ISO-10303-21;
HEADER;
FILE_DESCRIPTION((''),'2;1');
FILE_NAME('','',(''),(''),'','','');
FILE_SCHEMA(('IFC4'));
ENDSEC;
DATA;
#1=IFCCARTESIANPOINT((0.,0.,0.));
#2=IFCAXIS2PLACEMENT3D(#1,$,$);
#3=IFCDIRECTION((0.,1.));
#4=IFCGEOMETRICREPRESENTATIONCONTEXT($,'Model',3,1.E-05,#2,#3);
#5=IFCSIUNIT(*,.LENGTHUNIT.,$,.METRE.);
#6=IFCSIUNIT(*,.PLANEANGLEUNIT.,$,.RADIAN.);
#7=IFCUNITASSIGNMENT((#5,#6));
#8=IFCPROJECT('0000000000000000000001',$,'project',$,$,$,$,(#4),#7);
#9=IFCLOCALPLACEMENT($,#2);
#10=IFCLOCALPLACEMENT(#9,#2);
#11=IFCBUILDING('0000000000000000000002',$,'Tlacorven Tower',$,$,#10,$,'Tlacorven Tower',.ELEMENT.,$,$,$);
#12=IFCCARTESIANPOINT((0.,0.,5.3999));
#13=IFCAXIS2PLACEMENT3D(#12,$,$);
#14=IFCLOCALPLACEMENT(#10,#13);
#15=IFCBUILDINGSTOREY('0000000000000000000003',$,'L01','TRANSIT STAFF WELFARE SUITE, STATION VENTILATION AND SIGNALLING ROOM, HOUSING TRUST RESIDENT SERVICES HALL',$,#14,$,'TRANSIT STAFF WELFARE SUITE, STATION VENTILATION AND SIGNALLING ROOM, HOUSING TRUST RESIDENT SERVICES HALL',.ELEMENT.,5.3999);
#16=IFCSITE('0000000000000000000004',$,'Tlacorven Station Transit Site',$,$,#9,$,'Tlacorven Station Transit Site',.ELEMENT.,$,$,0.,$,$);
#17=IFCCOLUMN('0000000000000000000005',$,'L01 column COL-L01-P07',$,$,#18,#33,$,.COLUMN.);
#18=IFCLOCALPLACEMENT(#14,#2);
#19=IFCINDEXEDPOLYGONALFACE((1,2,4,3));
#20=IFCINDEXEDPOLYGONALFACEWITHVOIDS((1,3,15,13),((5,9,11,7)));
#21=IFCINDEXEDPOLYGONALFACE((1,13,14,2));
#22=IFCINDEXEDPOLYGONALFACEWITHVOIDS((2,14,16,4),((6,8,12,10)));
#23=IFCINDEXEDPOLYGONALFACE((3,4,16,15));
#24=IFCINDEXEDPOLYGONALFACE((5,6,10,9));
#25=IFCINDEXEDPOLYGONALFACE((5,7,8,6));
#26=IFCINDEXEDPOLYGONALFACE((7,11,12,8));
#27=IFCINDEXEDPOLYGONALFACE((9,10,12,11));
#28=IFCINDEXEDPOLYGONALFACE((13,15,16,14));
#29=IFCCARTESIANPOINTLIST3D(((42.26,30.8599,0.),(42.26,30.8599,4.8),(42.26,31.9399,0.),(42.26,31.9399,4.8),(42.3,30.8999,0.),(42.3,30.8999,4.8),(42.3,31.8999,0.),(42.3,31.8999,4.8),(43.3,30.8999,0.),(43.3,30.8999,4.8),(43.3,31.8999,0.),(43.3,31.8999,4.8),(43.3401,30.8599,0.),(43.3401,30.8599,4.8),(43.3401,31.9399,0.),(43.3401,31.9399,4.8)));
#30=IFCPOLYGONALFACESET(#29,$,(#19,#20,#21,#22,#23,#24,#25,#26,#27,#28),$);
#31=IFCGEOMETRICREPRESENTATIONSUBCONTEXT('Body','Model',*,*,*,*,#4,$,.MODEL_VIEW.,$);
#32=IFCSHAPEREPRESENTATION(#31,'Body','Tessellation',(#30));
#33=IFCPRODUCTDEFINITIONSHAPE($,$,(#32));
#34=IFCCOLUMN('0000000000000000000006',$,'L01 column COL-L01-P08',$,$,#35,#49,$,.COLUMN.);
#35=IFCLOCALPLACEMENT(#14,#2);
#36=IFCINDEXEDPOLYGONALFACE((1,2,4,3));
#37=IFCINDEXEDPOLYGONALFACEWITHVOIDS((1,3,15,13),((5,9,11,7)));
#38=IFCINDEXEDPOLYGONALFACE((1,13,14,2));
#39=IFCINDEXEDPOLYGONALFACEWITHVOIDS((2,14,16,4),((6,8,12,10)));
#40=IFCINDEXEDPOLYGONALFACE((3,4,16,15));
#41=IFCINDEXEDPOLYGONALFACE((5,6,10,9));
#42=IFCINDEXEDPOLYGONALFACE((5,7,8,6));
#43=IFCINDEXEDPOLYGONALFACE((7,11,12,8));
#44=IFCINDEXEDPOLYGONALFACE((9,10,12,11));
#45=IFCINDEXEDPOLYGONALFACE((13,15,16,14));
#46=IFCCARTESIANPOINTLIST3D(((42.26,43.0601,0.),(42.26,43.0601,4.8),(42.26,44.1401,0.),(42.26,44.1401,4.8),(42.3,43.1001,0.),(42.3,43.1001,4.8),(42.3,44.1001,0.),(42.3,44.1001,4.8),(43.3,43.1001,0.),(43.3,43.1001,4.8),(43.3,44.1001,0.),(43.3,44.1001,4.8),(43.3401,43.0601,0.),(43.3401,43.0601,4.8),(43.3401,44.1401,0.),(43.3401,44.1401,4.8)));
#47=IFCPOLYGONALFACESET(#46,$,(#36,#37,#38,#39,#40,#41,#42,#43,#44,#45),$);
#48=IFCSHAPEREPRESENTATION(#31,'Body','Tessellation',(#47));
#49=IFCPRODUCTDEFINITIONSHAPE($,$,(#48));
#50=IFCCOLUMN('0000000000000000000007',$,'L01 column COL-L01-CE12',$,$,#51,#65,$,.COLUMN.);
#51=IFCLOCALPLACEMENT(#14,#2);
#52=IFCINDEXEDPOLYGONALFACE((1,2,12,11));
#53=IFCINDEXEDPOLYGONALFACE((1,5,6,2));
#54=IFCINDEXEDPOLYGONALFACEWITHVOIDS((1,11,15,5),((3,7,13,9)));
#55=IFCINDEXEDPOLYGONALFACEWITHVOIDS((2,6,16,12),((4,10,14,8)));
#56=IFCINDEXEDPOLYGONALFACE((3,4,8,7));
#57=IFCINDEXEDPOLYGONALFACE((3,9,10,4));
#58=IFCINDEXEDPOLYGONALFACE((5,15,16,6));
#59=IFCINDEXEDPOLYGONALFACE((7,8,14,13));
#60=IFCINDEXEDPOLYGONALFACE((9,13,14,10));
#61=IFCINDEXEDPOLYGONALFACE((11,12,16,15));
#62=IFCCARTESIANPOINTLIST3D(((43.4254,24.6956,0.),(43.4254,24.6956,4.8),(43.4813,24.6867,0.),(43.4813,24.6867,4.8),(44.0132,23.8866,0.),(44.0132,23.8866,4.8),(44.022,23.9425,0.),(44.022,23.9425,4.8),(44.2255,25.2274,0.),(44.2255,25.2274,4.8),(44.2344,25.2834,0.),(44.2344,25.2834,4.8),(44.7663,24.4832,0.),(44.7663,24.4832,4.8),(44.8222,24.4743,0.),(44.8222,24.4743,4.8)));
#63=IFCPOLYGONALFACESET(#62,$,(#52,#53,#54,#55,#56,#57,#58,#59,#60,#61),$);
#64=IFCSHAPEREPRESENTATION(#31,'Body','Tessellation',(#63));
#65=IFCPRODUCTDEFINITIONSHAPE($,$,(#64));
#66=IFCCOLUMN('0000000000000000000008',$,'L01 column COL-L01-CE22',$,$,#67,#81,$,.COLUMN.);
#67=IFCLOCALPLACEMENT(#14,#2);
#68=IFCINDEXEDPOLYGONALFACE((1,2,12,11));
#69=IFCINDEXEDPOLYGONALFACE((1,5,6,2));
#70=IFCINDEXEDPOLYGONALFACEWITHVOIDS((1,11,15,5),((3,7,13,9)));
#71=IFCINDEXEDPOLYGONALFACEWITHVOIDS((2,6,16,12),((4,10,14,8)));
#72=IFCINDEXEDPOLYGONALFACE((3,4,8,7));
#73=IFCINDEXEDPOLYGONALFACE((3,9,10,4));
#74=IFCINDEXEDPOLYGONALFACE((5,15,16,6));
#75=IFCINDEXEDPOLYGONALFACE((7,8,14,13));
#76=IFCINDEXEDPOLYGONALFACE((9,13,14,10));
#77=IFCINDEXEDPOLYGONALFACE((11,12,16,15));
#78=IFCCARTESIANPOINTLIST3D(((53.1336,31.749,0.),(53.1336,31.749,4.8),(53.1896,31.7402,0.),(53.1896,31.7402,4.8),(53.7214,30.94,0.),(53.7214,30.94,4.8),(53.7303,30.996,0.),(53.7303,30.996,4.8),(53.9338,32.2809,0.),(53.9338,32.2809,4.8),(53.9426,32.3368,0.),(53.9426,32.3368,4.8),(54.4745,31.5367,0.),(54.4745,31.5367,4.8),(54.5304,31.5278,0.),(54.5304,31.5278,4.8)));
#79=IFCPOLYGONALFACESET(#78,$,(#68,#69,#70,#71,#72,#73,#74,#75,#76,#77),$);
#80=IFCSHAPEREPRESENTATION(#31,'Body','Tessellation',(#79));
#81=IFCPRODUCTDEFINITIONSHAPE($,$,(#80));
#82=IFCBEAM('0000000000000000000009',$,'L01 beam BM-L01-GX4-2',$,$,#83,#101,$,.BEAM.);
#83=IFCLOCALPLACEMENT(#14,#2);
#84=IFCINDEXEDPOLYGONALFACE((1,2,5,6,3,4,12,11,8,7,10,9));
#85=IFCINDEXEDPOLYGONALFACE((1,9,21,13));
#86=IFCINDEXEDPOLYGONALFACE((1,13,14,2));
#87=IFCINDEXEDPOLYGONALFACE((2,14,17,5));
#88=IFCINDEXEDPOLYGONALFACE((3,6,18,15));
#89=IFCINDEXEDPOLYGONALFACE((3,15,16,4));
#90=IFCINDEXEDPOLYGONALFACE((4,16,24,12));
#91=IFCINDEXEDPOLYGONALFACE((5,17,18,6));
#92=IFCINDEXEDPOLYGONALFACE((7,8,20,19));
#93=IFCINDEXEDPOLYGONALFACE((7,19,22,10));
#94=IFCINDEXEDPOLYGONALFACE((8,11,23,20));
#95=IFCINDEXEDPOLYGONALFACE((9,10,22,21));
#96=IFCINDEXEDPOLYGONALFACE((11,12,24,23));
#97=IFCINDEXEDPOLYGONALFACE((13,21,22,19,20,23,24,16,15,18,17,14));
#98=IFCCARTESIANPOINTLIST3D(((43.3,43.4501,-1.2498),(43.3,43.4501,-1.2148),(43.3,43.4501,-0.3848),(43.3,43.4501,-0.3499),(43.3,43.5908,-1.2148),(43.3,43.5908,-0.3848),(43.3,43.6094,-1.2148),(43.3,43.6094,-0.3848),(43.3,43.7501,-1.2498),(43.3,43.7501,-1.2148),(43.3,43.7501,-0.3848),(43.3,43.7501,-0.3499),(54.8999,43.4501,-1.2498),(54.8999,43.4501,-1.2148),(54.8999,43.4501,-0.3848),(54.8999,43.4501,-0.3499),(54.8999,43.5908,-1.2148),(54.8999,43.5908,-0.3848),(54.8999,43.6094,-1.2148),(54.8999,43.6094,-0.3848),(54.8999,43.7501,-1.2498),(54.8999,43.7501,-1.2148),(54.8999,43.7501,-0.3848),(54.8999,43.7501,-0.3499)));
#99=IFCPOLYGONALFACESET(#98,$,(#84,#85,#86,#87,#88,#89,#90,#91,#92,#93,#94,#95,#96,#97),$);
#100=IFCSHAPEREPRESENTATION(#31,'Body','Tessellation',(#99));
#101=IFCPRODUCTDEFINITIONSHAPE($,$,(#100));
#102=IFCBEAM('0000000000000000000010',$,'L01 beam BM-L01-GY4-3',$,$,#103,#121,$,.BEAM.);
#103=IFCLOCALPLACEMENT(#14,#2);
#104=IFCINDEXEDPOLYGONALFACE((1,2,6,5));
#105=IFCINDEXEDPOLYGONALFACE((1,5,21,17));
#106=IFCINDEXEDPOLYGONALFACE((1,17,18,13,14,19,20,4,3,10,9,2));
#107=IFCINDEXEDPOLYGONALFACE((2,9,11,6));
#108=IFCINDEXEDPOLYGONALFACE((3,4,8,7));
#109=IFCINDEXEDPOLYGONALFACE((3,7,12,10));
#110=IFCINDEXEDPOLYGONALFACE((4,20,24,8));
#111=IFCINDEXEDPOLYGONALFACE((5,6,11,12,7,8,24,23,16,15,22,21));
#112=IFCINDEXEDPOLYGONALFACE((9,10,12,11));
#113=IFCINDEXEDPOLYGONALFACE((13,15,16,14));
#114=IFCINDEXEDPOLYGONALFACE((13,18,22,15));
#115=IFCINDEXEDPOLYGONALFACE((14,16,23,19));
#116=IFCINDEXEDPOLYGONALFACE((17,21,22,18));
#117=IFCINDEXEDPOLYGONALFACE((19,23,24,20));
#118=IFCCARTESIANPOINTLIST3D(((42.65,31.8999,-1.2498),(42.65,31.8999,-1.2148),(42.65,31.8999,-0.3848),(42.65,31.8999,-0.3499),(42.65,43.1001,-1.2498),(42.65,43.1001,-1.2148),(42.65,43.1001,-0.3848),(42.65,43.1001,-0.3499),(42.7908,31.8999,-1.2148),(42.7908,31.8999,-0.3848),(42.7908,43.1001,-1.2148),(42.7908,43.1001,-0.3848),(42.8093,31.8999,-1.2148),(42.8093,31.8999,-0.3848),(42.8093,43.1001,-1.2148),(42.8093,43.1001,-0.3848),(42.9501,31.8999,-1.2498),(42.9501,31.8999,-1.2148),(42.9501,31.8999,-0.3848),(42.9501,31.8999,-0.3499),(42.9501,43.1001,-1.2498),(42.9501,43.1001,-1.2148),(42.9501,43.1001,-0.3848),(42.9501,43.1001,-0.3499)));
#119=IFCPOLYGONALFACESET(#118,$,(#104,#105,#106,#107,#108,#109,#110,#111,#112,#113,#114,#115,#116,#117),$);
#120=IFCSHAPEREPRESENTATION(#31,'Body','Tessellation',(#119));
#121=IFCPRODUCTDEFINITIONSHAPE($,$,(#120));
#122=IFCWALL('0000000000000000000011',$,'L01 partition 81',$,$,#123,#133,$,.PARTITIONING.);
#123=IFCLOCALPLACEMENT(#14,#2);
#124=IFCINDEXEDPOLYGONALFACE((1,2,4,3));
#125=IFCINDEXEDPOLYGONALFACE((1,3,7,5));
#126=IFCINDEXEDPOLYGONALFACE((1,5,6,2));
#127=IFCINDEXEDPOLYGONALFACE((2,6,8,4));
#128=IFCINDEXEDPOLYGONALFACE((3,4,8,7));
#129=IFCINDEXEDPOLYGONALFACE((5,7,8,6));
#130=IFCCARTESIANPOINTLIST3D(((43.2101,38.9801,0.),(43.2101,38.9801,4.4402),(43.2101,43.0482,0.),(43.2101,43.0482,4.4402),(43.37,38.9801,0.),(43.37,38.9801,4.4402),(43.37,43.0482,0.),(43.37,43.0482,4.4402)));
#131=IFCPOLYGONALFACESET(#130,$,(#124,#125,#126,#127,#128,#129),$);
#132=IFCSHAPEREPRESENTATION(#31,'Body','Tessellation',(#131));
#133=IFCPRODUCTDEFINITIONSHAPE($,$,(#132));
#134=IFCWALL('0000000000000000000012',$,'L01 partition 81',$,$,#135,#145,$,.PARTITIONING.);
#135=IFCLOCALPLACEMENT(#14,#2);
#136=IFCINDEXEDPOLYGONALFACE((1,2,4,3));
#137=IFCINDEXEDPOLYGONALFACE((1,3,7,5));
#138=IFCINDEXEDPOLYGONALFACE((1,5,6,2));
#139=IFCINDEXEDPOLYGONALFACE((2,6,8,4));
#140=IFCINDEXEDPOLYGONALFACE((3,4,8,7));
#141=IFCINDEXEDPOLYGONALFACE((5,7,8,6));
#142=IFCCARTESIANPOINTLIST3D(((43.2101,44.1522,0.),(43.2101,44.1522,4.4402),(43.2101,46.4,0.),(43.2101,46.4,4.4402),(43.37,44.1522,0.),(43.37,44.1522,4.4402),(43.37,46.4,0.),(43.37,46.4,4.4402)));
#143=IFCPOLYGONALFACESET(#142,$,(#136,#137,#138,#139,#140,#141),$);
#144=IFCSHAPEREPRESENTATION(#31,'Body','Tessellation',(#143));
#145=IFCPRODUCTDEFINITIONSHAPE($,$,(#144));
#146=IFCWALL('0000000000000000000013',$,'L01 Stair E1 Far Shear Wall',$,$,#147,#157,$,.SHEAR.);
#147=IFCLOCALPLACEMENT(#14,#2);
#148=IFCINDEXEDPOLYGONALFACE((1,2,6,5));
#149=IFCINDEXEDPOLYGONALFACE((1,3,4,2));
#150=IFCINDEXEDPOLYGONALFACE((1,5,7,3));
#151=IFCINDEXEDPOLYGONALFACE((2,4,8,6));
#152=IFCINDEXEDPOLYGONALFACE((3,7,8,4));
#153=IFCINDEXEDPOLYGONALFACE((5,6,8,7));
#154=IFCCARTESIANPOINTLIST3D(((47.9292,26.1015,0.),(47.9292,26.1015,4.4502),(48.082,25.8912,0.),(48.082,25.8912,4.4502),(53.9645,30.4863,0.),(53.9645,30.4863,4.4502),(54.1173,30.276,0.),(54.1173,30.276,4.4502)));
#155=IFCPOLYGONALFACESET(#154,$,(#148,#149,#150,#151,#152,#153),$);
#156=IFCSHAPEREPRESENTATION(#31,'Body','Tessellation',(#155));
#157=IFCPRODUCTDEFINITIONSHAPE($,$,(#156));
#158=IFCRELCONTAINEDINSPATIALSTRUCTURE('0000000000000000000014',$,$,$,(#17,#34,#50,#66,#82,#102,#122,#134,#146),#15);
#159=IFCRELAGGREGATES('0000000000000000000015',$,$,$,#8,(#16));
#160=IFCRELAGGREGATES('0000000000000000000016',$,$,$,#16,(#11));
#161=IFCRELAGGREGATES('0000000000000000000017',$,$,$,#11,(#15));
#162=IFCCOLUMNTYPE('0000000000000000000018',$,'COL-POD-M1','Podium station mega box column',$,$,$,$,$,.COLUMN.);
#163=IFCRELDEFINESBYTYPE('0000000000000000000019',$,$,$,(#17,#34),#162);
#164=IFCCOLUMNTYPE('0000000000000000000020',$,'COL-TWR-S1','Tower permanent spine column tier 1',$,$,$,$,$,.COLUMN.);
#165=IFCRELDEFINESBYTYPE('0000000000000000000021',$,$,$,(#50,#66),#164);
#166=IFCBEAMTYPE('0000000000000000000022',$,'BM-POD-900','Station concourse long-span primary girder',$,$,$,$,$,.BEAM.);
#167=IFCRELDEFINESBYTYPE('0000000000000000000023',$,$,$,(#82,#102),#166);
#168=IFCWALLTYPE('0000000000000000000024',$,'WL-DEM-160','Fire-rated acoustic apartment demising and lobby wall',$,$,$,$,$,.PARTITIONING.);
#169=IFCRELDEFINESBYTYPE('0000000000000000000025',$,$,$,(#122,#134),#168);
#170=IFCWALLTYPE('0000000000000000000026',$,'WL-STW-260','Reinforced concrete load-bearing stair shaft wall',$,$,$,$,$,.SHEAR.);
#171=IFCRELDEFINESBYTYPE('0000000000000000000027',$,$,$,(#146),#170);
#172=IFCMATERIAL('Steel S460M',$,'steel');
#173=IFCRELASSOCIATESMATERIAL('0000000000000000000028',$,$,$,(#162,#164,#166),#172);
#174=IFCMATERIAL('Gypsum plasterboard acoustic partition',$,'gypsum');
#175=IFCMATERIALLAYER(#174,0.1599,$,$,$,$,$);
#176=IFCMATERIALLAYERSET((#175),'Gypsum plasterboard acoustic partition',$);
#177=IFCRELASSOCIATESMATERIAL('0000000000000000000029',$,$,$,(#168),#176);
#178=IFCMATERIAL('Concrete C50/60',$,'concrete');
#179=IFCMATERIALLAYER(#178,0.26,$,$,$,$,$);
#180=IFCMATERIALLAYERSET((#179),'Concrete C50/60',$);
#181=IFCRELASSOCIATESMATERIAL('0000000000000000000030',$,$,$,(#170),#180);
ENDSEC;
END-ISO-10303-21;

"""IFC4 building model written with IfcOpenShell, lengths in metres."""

from ifc_helpers import new_model, si_unit, direction, frame, frame_2d, origin, origin_2d, place, context, subcontext, project, spatial, rectangle, hollow_rectangle, i_section, extrude, source, transform, mapped, material, layer, layer_set, material_profile, profile_set, type_object, element, save


model = new_model("IFC4")

# Units and contexts
model_context = context("Model", 3, precision=1e-05, world=origin(), true_north=direction((0.0, 1.0)))
body_context = subcontext(model_context, "Body", "Model", "MODEL_VIEW")
ifc_project = project(units=[si_unit("LENGTHUNIT", "METRE"), si_unit("PLANEANGLEUNIT", "RADIAN")], contexts=[model_context])

# Site, building, storey
site_placement = place(None, origin())
site = spatial("IfcSite", under=ifc_project, at=site_placement, Name="Tlacorven Station Transit Site", LongName="Tlacorven Station Transit Site", CompositionType="ELEMENT", RefElevation=0.0)
building_placement = place(site_placement, origin())
building = spatial("IfcBuilding", under=site, at=building_placement, Name="Tlacorven Tower", LongName="Tlacorven Tower", CompositionType="ELEMENT")
storey_placement = place(building_placement, frame((0.0, 0.0, 5.3999)))
storey = spatial("IfcBuildingStorey", under=building, at=storey_placement, Name="L01", Description="TRANSIT STAFF WELFARE SUITE, STATION VENTILATION AND SIGNALLING ROOM, HOUSING TRUST RESIDENT SERVICES HALL", LongName="TRANSIT STAFF WELFARE SUITE, STATION VENTILATION AND SIGNALLING ROOM, HOUSING TRUST RESIDENT SERVICES HALL", CompositionType="ELEMENT", Elevation=5.3999)

# Columns
ifc_material_1 = material(Name="Steel S460M", Category="steel")
ifc_material_profile_1 = material_profile(ifc_material_1, hollow_rectangle(XDim=1.0801, YDim=1.0801, WallThickness=0.04, at=origin_2d()), Name="BOX 1080X1080X40")
ifc_profile_set_1 = profile_set([ifc_material_profile_1], Name="Steel S460M")
column_type_1 = type_object("IfcColumnType", Name="COL-POD-M1", Description="Podium station mega box column", PredefinedType="COLUMN", material=ifc_profile_set_1)
shared_shape_1 = source(origin(), body_context, "Body", "SweptSolid", [
    extrude(hollow_rectangle(XDim=1.0801, YDim=1.0801, WallThickness=0.04, at=origin_2d()), origin(), (0.0, 0.0, 1.0), 4.8),
])
for number, where, z_axis, x_axis, name in (
    (1, (42.8, 31.3999, 0.0), (0.0, 0.0, 1.0), (1.0, 0.0, 0.0), "L01 column COL-L01-P07"),
    (2, (42.8, 43.6001, 0.0), (0.0, 0.0, 1.0), (1.0, 0.0, 0.0), "L01 column COL-L01-P08"),
):
    element("IfcColumn", number, at=place(storey_placement, frame(where, z_axis=z_axis, x_axis=x_axis)), inside=storey, type_object=column_type_1, Name=name, PredefinedType="COLUMN", context=body_context, shape_type="MappedRepresentation", body=[
        mapped(shared_shape_1, transform((0.0, 0.0, 0.0), scale=1.0)),
    ])
ifc_material_profile_2 = material_profile(ifc_material_1, hollow_rectangle(XDim=1.0, YDim=1.0, WallThickness=0.04, at=origin_2d()), Name="BOX 1000X1000X40")
ifc_profile_set_2 = profile_set([ifc_material_profile_2], Name="Steel S460M")
column_type_2 = type_object("IfcColumnType", Name="COL-TWR-S1", Description="Tower permanent spine column tier 1", PredefinedType="COLUMN", material=ifc_profile_set_2)
shared_shape_2 = source(origin(), body_context, "Body", "SweptSolid", [
    extrude(hollow_rectangle(XDim=1.0, YDim=1.0, WallThickness=0.04, at=origin_2d()), origin(), (0.0, 0.0, 1.0), 4.8),
])
for number, where, z_axis, x_axis, name in (
    (3, (44.1238, 24.585, 0.0), (0.0, 0.0, 1.0), (0.809017, 0.587785, 0.0), "L01 column COL-L01-CE12"),
    (4, (53.832, 31.6384, 0.0), (0.0, 0.0, 1.0), (0.809017, 0.587785, 0.0), "L01 column COL-L01-CE22"),
):
    element("IfcColumn", number, at=place(storey_placement, frame(where, z_axis=z_axis, x_axis=x_axis)), inside=storey, type_object=column_type_2, Name=name, PredefinedType="COLUMN", context=body_context, shape_type="MappedRepresentation", body=[
        mapped(shared_shape_2, transform((0.0, 0.0, 0.0), scale=1.0)),
    ])

# Beams
ifc_material_profile_3 = material_profile(ifc_material_1, i_section(OverallWidth=0.3, OverallDepth=0.8999, WebThickness=0.0186, FlangeThickness=0.0349, at=origin_2d()), Name="HEB 900")
ifc_profile_set_3 = profile_set([ifc_material_profile_3], Name="Steel S460M")
beam_type = type_object("IfcBeamType", Name="BM-POD-900", Description="Station concourse long-span primary girder", PredefinedType="BEAM", material=ifc_profile_set_3)
shared_shape_3 = source(origin(), body_context, "Body", "SweptSolid", [
    extrude(i_section(OverallWidth=0.3, OverallDepth=0.8999, WebThickness=0.0186, FlangeThickness=0.0349, at=origin_2d()), origin(), (0.0, 0.0, 1.0), 11.5999),
])
beam_1_placement = place(storey_placement, frame((43.3, 43.6001, -0.7998), z_axis=(1.0, 0.0, 0.0), x_axis=(0.0, 1.0, 0.0)))
element("IfcBeam", 5, at=beam_1_placement, inside=storey, type_object=beam_type, Name="L01 beam BM-L01-GX4-2", PredefinedType="BEAM", context=body_context, shape_type="MappedRepresentation", body=[
    mapped(shared_shape_3, transform((0.0, 0.0, 0.0), scale=1.0)),
])
shared_shape_4 = source(origin(), body_context, "Body", "SweptSolid", [
    extrude(i_section(OverallWidth=0.3, OverallDepth=0.8999, WebThickness=0.0186, FlangeThickness=0.0349, at=origin_2d()), origin(), (0.0, 0.0, 1.0), 11.2002),
])
beam_2_placement = place(storey_placement, frame((42.8, 31.8999, -0.7998), z_axis=(0.0, 1.0, 0.0), x_axis=(-1.0, 0.0, 0.0)))
element("IfcBeam", 6, at=beam_2_placement, inside=storey, type_object=beam_type, Name="L01 beam BM-L01-GY4-3", PredefinedType="BEAM", context=body_context, shape_type="MappedRepresentation", body=[
    mapped(shared_shape_4, transform((0.0, 0.0, 0.0), scale=1.0)),
])

# Walls
ifc_material_2 = material(Name="Gypsum plasterboard acoustic partition", Category="gypsum")
ifc_layer_1 = layer(ifc_material_2, 0.1599)
ifc_layer_set_1 = layer_set([ifc_layer_1], Name="Gypsum plasterboard acoustic partition")
wall_type_1 = type_object("IfcWallType", Name="WL-DEM-160", Description="Fire-rated acoustic apartment demising and lobby wall", PredefinedType="PARTITIONING", material=ifc_layer_set_1)
wall_1_placement = place(storey_placement, frame((43.29, 38.98, 0.0), z_axis=(0.0, 0.0, 1.0), x_axis=(0.0, 1.0, 0.0)))
element("IfcWall", 7, at=wall_1_placement, inside=storey, type_object=wall_type_1, Name="L01 partition 81", PredefinedType="PARTITIONING", context=body_context, shape_type="SweptSolid", body=[
    extrude(rectangle(XDim=4.0681, YDim=0.1599, at=frame_2d((2.0342, 0.0))), origin(), (0.0, 0.0, 1.0), 4.4402),
])
wall_2_placement = place(storey_placement, frame((43.29, 44.1521, 0.0), z_axis=(0.0, 0.0, 1.0), x_axis=(0.0, 1.0, 0.0)))
element("IfcWall", 8, at=wall_2_placement, inside=storey, type_object=wall_type_1, Name="L01 partition 81", PredefinedType="PARTITIONING", context=body_context, shape_type="SweptSolid", body=[
    extrude(rectangle(XDim=2.2478, YDim=0.1599, at=frame_2d((1.124, 0.0))), origin(), (0.0, 0.0, 1.0), 4.4402),
])
ifc_material_3 = material(Name="Concrete C50/60", Category="concrete")
ifc_layer_2 = layer(ifc_material_3, 0.26)
ifc_layer_set_2 = layer_set([ifc_layer_2], Name="Concrete C50/60")
wall_type_2 = type_object("IfcWallType", Name="WL-STW-260", Description="Reinforced concrete load-bearing stair shaft wall", PredefinedType="SHEAR", material=ifc_layer_set_2)
wall_3_placement = place(storey_placement, frame((48.0056, 25.9963, 0.0), z_axis=(0.0, 0.0, 1.0), x_axis=(0.809019, 0.587782, 0.0)))
element("IfcWall", 9, at=wall_3_placement, inside=storey, type_object=wall_type_2, Name="L01 Stair E1 Far Shear Wall", PredefinedType="SHEAR", context=body_context, shape_type="SweptSolid", body=[
    extrude(rectangle(XDim=7.46, YDim=0.26, at=frame_2d((3.73, 0.0))), origin(), (0.0, 0.0, 1.0), 4.4502),
])

save(model, "model.ifc")
